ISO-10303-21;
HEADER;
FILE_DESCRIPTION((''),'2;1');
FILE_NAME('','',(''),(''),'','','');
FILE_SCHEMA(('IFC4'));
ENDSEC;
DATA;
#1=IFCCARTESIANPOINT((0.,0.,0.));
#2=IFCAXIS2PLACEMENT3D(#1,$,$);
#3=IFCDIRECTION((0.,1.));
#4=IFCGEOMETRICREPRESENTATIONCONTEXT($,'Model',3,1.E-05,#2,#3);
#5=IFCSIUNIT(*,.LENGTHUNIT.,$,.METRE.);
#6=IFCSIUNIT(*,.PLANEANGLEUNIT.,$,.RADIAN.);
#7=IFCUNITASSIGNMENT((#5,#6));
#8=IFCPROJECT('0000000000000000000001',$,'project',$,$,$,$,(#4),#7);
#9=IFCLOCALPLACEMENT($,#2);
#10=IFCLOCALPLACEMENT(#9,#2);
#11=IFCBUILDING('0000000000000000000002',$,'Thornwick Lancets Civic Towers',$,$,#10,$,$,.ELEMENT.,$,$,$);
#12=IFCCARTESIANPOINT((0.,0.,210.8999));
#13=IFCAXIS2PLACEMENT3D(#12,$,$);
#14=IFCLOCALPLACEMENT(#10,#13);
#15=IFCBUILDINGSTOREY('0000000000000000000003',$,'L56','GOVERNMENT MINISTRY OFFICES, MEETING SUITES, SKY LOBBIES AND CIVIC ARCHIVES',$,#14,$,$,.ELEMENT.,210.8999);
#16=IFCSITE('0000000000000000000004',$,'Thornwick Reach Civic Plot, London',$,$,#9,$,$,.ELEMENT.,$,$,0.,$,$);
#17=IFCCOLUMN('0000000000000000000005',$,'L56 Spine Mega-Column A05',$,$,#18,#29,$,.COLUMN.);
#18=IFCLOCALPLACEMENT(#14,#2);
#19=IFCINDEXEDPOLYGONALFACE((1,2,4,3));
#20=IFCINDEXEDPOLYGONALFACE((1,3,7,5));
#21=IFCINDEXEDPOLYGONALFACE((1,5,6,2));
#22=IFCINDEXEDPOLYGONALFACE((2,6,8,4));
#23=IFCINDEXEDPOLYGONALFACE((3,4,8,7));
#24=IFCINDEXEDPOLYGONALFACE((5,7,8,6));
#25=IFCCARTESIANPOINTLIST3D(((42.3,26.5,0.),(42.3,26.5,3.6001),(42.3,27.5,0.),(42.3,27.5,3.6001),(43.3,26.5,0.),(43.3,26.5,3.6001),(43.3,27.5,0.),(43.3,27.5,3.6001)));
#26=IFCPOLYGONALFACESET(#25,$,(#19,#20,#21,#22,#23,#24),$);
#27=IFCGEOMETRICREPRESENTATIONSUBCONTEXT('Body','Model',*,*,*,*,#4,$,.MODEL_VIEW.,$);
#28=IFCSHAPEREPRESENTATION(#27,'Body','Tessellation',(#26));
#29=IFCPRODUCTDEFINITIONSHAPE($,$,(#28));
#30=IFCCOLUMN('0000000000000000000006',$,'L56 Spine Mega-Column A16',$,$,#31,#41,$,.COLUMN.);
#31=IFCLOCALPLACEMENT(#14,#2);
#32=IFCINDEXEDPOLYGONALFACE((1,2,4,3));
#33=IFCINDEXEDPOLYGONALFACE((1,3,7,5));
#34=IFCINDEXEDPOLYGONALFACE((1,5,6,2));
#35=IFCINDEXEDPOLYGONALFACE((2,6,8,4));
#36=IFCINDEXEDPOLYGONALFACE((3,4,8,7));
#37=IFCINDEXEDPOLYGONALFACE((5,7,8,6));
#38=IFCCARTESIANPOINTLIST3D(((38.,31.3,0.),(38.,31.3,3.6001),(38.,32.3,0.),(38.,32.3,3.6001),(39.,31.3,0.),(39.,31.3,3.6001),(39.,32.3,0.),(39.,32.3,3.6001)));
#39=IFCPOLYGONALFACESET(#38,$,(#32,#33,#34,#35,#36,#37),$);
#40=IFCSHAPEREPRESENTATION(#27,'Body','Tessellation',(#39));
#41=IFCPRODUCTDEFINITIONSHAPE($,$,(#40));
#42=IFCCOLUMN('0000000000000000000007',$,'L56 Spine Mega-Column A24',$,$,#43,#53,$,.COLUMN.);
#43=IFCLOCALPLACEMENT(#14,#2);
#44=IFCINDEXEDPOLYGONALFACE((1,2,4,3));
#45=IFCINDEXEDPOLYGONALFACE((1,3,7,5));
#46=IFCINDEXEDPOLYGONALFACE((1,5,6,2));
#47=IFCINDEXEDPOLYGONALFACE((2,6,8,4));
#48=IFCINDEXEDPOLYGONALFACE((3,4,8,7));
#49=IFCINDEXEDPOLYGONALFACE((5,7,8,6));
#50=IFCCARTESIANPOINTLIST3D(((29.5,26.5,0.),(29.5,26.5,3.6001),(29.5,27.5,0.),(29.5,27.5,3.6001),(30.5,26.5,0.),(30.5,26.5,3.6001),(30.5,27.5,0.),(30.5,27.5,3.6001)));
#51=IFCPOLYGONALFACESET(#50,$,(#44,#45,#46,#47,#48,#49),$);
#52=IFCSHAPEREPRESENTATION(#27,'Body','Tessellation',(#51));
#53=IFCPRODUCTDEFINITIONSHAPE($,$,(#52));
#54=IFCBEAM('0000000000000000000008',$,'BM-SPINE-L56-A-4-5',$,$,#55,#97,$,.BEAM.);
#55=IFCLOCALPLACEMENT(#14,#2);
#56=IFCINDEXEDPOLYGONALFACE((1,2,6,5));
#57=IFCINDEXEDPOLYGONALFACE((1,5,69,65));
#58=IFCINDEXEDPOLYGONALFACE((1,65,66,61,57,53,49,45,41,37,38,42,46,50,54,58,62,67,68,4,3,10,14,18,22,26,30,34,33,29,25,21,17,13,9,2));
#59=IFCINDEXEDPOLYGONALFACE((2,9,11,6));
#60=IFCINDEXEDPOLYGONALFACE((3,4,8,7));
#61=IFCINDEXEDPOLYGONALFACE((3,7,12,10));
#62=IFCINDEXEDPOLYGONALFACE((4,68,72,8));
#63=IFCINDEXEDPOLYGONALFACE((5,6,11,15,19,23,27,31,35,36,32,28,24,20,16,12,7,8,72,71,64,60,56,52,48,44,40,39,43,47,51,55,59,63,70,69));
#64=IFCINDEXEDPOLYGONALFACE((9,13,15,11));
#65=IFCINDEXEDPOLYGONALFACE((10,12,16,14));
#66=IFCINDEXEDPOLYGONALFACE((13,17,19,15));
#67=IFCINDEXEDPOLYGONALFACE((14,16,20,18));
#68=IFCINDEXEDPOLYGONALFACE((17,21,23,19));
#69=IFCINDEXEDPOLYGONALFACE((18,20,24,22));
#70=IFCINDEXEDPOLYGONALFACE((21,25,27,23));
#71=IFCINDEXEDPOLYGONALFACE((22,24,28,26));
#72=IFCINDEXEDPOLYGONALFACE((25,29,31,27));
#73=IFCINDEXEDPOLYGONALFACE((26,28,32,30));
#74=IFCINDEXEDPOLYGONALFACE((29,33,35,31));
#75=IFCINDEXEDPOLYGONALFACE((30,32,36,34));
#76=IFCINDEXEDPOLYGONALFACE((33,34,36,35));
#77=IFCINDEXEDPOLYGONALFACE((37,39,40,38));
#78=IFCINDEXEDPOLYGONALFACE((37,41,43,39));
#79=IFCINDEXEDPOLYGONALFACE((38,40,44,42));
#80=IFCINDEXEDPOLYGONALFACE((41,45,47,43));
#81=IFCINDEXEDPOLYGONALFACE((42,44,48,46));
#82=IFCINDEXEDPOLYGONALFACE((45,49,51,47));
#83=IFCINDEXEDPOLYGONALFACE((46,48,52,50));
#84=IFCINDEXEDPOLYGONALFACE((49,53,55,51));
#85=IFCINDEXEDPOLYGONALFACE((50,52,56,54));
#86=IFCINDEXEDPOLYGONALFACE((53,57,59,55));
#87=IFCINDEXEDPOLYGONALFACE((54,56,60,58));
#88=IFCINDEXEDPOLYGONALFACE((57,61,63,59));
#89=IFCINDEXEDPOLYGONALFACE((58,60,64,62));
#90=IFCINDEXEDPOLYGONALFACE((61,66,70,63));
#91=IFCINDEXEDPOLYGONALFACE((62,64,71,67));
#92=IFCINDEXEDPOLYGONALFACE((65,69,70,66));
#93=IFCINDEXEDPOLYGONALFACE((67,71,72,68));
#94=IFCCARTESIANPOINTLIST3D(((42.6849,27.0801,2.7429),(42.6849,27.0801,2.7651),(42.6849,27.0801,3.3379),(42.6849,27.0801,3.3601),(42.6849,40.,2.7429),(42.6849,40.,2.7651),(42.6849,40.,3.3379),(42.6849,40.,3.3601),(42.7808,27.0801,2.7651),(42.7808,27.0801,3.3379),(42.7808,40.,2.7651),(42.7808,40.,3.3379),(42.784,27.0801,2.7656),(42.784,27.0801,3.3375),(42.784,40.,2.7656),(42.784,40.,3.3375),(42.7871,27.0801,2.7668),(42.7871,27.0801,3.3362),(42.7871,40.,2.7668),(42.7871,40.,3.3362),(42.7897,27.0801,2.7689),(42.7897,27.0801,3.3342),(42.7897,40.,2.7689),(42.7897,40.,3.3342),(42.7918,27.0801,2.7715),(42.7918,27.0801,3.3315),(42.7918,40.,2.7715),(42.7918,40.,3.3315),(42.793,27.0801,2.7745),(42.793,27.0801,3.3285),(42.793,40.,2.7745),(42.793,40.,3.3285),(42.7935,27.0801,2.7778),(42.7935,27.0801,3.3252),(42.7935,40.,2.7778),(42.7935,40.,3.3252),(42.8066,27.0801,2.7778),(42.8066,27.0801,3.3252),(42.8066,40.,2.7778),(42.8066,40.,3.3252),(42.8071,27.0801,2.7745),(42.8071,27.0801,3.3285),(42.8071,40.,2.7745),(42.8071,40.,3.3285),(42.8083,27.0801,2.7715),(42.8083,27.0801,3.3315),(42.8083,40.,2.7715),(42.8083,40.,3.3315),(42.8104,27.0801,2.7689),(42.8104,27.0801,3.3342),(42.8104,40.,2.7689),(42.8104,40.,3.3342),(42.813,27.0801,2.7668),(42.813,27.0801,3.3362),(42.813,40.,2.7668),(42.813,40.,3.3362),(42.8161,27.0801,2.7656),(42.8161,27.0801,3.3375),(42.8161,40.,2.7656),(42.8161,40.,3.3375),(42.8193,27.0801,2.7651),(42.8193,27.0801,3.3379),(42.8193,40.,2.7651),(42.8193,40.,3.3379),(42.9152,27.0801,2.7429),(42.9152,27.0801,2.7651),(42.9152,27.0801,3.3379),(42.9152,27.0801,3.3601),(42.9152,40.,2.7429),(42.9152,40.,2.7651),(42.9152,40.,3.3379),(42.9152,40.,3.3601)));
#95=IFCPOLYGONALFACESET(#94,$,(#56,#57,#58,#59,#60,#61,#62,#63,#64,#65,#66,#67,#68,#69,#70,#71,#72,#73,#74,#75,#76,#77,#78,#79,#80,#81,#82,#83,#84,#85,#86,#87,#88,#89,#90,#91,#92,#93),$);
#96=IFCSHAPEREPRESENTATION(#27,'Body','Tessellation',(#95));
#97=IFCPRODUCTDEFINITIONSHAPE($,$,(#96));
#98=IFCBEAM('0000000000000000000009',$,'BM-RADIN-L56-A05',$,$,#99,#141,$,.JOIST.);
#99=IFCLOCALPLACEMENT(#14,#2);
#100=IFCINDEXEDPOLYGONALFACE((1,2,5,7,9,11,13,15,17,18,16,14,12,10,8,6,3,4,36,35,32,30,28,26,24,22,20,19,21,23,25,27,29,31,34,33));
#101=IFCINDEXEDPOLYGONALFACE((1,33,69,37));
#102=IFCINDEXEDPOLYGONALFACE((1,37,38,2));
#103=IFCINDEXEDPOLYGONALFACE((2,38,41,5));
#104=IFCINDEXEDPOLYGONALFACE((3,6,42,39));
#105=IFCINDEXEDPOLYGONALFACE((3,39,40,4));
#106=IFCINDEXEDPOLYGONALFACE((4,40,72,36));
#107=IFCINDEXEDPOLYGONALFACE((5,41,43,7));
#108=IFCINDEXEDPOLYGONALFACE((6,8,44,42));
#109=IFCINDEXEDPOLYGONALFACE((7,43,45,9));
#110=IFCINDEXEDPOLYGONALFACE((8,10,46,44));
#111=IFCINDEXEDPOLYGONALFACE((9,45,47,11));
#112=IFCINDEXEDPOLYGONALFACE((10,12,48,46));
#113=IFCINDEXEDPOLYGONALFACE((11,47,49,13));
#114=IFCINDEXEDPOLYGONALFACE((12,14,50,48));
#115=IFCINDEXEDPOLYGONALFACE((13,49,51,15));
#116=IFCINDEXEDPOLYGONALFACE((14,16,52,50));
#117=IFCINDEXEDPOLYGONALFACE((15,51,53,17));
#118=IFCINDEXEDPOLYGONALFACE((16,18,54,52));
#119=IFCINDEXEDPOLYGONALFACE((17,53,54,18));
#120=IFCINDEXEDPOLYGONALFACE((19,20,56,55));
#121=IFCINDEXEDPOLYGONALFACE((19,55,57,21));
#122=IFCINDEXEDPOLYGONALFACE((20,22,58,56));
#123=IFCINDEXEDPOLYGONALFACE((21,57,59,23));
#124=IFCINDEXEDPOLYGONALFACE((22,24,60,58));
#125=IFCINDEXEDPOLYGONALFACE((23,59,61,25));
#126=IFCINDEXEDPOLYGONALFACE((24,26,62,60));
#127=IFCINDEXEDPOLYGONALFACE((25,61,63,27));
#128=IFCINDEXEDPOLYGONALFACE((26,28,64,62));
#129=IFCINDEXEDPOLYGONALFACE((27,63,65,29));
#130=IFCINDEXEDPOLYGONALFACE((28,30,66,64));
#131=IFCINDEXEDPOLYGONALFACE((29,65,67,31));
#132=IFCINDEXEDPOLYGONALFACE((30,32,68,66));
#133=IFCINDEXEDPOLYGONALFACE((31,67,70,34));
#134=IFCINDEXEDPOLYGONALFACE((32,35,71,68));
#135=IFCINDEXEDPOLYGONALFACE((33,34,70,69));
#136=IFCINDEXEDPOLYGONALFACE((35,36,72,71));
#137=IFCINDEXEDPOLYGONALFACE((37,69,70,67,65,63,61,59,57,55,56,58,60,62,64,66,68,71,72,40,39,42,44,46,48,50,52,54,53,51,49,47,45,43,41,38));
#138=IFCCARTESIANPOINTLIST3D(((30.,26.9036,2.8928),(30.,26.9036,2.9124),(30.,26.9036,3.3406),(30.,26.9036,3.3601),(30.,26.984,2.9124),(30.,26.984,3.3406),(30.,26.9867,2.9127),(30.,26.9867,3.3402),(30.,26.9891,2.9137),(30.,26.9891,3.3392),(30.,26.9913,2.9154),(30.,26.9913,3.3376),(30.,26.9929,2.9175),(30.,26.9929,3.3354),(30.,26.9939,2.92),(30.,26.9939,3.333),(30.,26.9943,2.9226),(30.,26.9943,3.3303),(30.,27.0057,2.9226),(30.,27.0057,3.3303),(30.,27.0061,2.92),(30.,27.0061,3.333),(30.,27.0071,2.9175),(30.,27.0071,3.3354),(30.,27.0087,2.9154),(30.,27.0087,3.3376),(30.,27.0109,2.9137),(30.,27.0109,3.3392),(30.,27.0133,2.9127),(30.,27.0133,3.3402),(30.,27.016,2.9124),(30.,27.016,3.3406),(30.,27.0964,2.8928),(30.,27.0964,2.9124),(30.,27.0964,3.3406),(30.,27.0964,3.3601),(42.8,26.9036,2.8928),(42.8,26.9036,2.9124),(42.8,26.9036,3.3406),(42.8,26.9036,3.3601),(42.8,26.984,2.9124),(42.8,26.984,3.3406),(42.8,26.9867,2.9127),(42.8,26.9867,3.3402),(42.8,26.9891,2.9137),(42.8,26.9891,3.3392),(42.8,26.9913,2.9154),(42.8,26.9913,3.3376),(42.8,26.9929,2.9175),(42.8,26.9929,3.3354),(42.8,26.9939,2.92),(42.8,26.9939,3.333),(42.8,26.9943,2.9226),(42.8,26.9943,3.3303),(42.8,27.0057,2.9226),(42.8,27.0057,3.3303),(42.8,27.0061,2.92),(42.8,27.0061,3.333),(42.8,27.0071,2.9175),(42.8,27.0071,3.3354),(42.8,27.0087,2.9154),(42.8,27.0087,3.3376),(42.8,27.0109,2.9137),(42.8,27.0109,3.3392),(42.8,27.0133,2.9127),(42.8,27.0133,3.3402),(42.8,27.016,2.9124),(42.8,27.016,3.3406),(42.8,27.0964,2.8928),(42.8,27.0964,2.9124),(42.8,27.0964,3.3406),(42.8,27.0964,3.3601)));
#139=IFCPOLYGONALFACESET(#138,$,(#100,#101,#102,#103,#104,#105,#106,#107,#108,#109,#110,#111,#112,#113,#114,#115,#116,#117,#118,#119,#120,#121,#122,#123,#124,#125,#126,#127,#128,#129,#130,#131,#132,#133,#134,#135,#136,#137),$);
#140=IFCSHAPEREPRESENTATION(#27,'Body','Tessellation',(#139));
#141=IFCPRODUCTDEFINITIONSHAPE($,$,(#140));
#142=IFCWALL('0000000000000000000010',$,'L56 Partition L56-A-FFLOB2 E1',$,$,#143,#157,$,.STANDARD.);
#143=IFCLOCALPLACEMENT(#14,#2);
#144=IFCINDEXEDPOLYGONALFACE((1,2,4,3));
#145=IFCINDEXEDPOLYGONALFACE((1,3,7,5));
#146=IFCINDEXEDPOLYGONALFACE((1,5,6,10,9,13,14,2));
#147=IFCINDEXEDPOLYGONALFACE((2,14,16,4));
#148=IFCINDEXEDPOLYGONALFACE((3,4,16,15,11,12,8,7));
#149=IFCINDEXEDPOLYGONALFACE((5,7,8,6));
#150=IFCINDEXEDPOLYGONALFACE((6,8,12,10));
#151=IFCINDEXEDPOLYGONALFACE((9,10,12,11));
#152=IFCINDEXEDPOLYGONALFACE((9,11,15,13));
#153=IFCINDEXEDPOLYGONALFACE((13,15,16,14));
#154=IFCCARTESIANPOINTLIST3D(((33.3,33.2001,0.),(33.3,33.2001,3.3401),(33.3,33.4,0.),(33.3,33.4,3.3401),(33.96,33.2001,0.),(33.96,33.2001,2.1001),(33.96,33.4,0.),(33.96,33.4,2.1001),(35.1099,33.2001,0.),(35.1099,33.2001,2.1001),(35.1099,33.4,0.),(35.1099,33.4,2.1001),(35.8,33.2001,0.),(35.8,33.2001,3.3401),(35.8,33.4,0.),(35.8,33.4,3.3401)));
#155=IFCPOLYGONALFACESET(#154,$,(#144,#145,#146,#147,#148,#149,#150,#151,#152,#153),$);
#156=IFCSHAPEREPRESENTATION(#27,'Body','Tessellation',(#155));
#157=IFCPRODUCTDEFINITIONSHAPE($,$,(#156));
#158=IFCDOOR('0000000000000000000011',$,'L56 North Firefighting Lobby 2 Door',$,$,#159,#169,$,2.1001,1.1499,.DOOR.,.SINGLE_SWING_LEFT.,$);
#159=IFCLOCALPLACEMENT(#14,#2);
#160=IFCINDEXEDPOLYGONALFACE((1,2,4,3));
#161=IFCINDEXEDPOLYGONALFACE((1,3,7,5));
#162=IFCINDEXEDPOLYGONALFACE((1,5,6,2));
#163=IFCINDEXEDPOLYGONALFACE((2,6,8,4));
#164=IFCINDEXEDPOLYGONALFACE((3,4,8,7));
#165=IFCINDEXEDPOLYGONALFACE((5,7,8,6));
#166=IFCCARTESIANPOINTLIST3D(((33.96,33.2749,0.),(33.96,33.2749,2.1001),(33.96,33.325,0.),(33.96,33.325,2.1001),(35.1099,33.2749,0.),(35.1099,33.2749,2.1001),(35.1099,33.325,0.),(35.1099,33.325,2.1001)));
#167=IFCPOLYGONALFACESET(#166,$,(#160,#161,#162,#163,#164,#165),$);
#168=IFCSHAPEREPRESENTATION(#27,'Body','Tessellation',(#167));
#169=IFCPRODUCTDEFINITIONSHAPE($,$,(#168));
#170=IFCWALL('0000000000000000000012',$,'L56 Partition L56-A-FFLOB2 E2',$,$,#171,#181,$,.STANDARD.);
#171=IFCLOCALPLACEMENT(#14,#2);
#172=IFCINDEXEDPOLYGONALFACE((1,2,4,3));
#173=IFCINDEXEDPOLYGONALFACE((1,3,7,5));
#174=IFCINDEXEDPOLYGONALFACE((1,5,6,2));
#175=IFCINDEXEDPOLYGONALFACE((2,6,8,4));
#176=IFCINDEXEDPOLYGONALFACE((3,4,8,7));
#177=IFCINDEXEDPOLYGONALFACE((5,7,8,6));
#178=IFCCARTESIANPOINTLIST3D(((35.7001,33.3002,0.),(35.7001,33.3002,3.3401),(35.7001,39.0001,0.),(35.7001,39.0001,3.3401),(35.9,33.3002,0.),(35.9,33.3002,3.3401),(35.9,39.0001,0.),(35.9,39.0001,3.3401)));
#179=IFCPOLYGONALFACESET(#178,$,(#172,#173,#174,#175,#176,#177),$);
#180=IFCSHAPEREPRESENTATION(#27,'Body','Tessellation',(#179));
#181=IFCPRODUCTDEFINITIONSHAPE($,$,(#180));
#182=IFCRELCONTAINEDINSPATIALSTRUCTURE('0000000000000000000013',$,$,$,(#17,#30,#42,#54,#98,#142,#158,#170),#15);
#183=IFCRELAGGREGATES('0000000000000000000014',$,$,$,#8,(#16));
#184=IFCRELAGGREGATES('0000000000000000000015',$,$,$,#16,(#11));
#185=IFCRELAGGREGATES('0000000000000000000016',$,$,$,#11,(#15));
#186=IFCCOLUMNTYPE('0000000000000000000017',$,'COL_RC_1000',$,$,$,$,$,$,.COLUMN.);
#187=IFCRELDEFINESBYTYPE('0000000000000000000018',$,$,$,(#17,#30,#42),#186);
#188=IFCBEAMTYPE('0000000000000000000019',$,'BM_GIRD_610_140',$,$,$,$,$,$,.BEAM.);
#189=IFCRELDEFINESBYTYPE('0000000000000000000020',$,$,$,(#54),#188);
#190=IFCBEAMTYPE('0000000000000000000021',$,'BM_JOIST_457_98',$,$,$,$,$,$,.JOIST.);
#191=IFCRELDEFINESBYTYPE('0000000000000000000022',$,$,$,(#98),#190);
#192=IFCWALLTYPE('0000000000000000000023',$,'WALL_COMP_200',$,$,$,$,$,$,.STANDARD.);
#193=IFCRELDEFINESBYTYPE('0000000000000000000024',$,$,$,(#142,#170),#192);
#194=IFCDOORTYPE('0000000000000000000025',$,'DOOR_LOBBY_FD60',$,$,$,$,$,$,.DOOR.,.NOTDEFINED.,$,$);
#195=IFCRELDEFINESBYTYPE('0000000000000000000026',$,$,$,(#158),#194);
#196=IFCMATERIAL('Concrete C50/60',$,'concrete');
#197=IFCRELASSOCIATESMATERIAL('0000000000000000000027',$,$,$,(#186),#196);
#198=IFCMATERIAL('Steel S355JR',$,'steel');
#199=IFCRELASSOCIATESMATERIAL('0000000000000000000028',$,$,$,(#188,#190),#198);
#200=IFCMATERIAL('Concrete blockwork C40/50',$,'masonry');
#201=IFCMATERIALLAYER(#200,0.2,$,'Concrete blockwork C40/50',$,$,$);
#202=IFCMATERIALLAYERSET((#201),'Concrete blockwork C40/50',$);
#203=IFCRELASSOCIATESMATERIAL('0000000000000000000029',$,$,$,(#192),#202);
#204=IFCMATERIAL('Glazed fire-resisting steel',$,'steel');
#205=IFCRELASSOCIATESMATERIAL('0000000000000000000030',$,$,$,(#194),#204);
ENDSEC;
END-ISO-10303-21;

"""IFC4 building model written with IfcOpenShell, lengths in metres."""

from ifc_helpers import new_model, si_unit, direction, frame, frame_2d, origin, origin_2d, place, context, subcontext, project, spatial, rectangle, i_section, extrude, material, layer, layer_set, material_profile, profile_set, type_object, element, fill, save


model = new_model("IFC4")

# Units and contexts
model_context = context("Model", 3, precision=1e-05, world=origin(), true_north=direction((0.0, 1.0)))
body_context = subcontext(model_context, "Body", "Model", "MODEL_VIEW")
ifc_project = project(units=[si_unit("LENGTHUNIT", "METRE"), si_unit("PLANEANGLEUNIT", "RADIAN")], contexts=[model_context])

# Site, building, storey
site_placement = place(None, origin())
site = spatial("IfcSite", under=ifc_project, at=site_placement, Name="Thornwick Reach Civic Plot, London", CompositionType="ELEMENT", RefElevation=0.0)
building_placement = place(site_placement, origin())
building = spatial("IfcBuilding", under=site, at=building_placement, Name="Thornwick Lancets Civic Towers", CompositionType="ELEMENT")
storey_placement = place(building_placement, frame((0.0, 0.0, 210.8999)))
storey = spatial("IfcBuildingStorey", under=building, at=storey_placement, Name="L56", Description="GOVERNMENT MINISTRY OFFICES, MEETING SUITES, SKY LOBBIES AND CIVIC ARCHIVES", CompositionType="ELEMENT", Elevation=210.8999)

# Columns
ifc_material_1 = material(Name="Concrete C50/60", Category="concrete")
ifc_material_profile_1 = material_profile(ifc_material_1, rectangle(XDim=1.0, YDim=1.0, at=origin_2d()), Name="RC 1000x1000")
ifc_profile_set_1 = profile_set([ifc_material_profile_1], Name="Concrete C50/60")
column_type = type_object("IfcColumnType", Name="COL_RC_1000", PredefinedType="COLUMN", material=ifc_profile_set_1)
for number, where, z_axis, x_axis, name in (
    (1, (42.8, 27.0, 0.0), (0.0, 0.0, 1.0), (1.0, 0.0, 0.0), "L56 Spine Mega-Column A05"),
    (2, (38.5, 31.8, 0.0), (0.0, 0.0, 1.0), (1.0, 0.0, 0.0), "L56 Spine Mega-Column A16"),
    (3, (30.0, 27.0, 0.0), (0.0, 0.0, 1.0), (1.0, 0.0, 0.0), "L56 Spine Mega-Column A24"),
):
    element("IfcColumn", number, at=place(storey_placement, frame(where, z_axis=z_axis, x_axis=x_axis)), inside=storey, type_object=column_type, Name=name, PredefinedType="COLUMN", context=body_context, shape_type="SweptSolid", body=[
        extrude(rectangle(XDim=1.0, YDim=1.0, at=origin_2d()), origin(), (0.0, 0.0, 1.0), 3.6001),
    ])

# Beams
ifc_material_2 = material(Name="Steel S355JR", Category="steel")
ifc_material_profile_2 = material_profile(ifc_material_2, i_section(OverallWidth=0.2302, OverallDepth=0.6172, WebThickness=0.0132, FlangeThickness=0.0222, FilletRadius=0.0127, at=origin_2d()), Name="UKB 610x229x140")
ifc_profile_set_2 = profile_set([ifc_material_profile_2], Name="Steel S355JR")
beam_type_1 = type_object("IfcBeamType", Name="BM_GIRD_610_140", PredefinedType="BEAM", material=ifc_profile_set_2)
beam_1_placement = place(storey_placement, frame((42.8, 27.0801, 3.0515), z_axis=(0.0, 1.0, 0.0), x_axis=(-1.0, 0.0, 0.0)))
element("IfcBeam", 4, at=beam_1_placement, inside=storey, type_object=beam_type_1, Name="BM-SPINE-L56-A-4-5", PredefinedType="BEAM", context=body_context, shape_type="SweptSolid", body=[
    extrude(i_section(OverallWidth=0.2302, OverallDepth=0.6172, WebThickness=0.0132, FlangeThickness=0.0222, FilletRadius=0.0127, at=origin_2d()), origin(), (0.0, 0.0, 1.0), 12.9199),
])
ifc_material_profile_3 = material_profile(ifc_material_2, i_section(OverallWidth=0.1929, OverallDepth=0.4673, WebThickness=0.0115, FlangeThickness=0.0195, FilletRadius=0.0103, at=origin_2d()), Name="UKB 457x191x98")
ifc_profile_set_3 = profile_set([ifc_material_profile_3], Name="Steel S355JR")
beam_type_2 = type_object("IfcBeamType", Name="BM_JOIST_457_98", PredefinedType="JOIST", material=ifc_profile_set_3)
beam_2_placement = place(storey_placement, frame((30.0, 27.0, 3.1265), z_axis=(1.0, 0.0, 0.0), x_axis=(0.0, 1.0, 0.0)))
element("IfcBeam", 5, at=beam_2_placement, inside=storey, type_object=beam_type_2, Name="BM-RADIN-L56-A05", PredefinedType="JOIST", context=body_context, shape_type="SweptSolid", body=[
    extrude(i_section(OverallWidth=0.1929, OverallDepth=0.4673, WebThickness=0.0115, FlangeThickness=0.0195, FilletRadius=0.0103, at=origin_2d()), origin(), (0.0, 0.0, 1.0), 12.8),
])

# Wall, opening, door
ifc_material_3 = material(Name="Concrete blockwork C40/50", Category="masonry")
ifc_layer_1 = layer(ifc_material_3, 0.2, Name="Concrete blockwork C40/50")
ifc_layer_set_1 = layer_set([ifc_layer_1], Name="Concrete blockwork C40/50")
wall_type_1 = type_object("IfcWallType", Name="WALL_COMP_200", PredefinedType="STANDARD", material=ifc_layer_set_1)
wall_1_placement = place(storey_placement, frame((33.3, 33.3, 0.0), z_axis=(0.0, 0.0, 1.0), x_axis=(1.0, 0.0, 0.0)))
wall_1 = element("IfcWall", 6, at=wall_1_placement, inside=storey, type_object=wall_type_1, Name="L56 Partition L56-A-FFLOB2 E1", PredefinedType="STANDARD", context=body_context, shape_type="SweptSolid", body=[
    extrude(rectangle(XDim=2.5, YDim=0.2, at=frame_2d((1.25, 0.0))), origin(), (0.0, 0.0, 1.0), 3.3401),
])
opening_1_placement = place(wall_1_placement, frame((0.6599, 0.0, 0.0)))
opening_1 = element("IfcOpeningElement", 7, at=opening_1_placement, cuts=wall_1, PredefinedType="OPENING", context=body_context, shape_type="SweptSolid", body=[
    extrude(rectangle(XDim=1.1499, YDim=2.1001, at=frame_2d((0.575, 1.05))), frame((0.0, 0.1099, 0.0), z_axis=(0.0, -1.0, 0.0), x_axis=(1.0, 0.0, 0.0)), (0.0, 0.0, 1.0), 0.22),
])
ifc_material_4 = material(Name="Glazed fire-resisting steel", Category="steel")
door_type_1 = type_object("IfcDoorType", Name="DOOR_LOBBY_FD60", OperationType="NOTDEFINED", PredefinedType="DOOR", material=ifc_material_4)
door_1_placement = place(opening_1_placement, origin())
door_1 = element("IfcDoor", 8, at=door_1_placement, inside=storey, type_object=door_type_1, Name="L56 North Firefighting Lobby 2 Door", OperationType="SINGLE_SWING_LEFT", OverallHeight=2.1001, OverallWidth=1.1499, PredefinedType="DOOR", context=body_context, shape_type="SweptSolid", body=[
    extrude(rectangle(XDim=1.1499, YDim=2.1001, at=frame_2d((0.575, 1.05))), frame((0.0, 0.0249, 0.0), z_axis=(0.0, -1.0, 0.0), x_axis=(1.0, 0.0, 0.0)), (0.0, 0.0, 1.0), 0.05),
])
fill(opening_1, door_1)

# Wall
wall_2_placement = place(storey_placement, frame((35.8, 33.3, 0.0), z_axis=(0.0, 0.0, 1.0), x_axis=(0.0, 1.0, 0.0)))
element("IfcWall", 9, at=wall_2_placement, inside=storey, type_object=wall_type_1, Name="L56 Partition L56-A-FFLOB2 E2", PredefinedType="STANDARD", context=body_context, shape_type="SweptSolid", body=[
    extrude(rectangle(XDim=5.7, YDim=0.2, at=frame_2d((2.8501, 0.0))), origin(), (0.0, 0.0, 1.0), 3.3401),
])

save(model, "model.ifc")
